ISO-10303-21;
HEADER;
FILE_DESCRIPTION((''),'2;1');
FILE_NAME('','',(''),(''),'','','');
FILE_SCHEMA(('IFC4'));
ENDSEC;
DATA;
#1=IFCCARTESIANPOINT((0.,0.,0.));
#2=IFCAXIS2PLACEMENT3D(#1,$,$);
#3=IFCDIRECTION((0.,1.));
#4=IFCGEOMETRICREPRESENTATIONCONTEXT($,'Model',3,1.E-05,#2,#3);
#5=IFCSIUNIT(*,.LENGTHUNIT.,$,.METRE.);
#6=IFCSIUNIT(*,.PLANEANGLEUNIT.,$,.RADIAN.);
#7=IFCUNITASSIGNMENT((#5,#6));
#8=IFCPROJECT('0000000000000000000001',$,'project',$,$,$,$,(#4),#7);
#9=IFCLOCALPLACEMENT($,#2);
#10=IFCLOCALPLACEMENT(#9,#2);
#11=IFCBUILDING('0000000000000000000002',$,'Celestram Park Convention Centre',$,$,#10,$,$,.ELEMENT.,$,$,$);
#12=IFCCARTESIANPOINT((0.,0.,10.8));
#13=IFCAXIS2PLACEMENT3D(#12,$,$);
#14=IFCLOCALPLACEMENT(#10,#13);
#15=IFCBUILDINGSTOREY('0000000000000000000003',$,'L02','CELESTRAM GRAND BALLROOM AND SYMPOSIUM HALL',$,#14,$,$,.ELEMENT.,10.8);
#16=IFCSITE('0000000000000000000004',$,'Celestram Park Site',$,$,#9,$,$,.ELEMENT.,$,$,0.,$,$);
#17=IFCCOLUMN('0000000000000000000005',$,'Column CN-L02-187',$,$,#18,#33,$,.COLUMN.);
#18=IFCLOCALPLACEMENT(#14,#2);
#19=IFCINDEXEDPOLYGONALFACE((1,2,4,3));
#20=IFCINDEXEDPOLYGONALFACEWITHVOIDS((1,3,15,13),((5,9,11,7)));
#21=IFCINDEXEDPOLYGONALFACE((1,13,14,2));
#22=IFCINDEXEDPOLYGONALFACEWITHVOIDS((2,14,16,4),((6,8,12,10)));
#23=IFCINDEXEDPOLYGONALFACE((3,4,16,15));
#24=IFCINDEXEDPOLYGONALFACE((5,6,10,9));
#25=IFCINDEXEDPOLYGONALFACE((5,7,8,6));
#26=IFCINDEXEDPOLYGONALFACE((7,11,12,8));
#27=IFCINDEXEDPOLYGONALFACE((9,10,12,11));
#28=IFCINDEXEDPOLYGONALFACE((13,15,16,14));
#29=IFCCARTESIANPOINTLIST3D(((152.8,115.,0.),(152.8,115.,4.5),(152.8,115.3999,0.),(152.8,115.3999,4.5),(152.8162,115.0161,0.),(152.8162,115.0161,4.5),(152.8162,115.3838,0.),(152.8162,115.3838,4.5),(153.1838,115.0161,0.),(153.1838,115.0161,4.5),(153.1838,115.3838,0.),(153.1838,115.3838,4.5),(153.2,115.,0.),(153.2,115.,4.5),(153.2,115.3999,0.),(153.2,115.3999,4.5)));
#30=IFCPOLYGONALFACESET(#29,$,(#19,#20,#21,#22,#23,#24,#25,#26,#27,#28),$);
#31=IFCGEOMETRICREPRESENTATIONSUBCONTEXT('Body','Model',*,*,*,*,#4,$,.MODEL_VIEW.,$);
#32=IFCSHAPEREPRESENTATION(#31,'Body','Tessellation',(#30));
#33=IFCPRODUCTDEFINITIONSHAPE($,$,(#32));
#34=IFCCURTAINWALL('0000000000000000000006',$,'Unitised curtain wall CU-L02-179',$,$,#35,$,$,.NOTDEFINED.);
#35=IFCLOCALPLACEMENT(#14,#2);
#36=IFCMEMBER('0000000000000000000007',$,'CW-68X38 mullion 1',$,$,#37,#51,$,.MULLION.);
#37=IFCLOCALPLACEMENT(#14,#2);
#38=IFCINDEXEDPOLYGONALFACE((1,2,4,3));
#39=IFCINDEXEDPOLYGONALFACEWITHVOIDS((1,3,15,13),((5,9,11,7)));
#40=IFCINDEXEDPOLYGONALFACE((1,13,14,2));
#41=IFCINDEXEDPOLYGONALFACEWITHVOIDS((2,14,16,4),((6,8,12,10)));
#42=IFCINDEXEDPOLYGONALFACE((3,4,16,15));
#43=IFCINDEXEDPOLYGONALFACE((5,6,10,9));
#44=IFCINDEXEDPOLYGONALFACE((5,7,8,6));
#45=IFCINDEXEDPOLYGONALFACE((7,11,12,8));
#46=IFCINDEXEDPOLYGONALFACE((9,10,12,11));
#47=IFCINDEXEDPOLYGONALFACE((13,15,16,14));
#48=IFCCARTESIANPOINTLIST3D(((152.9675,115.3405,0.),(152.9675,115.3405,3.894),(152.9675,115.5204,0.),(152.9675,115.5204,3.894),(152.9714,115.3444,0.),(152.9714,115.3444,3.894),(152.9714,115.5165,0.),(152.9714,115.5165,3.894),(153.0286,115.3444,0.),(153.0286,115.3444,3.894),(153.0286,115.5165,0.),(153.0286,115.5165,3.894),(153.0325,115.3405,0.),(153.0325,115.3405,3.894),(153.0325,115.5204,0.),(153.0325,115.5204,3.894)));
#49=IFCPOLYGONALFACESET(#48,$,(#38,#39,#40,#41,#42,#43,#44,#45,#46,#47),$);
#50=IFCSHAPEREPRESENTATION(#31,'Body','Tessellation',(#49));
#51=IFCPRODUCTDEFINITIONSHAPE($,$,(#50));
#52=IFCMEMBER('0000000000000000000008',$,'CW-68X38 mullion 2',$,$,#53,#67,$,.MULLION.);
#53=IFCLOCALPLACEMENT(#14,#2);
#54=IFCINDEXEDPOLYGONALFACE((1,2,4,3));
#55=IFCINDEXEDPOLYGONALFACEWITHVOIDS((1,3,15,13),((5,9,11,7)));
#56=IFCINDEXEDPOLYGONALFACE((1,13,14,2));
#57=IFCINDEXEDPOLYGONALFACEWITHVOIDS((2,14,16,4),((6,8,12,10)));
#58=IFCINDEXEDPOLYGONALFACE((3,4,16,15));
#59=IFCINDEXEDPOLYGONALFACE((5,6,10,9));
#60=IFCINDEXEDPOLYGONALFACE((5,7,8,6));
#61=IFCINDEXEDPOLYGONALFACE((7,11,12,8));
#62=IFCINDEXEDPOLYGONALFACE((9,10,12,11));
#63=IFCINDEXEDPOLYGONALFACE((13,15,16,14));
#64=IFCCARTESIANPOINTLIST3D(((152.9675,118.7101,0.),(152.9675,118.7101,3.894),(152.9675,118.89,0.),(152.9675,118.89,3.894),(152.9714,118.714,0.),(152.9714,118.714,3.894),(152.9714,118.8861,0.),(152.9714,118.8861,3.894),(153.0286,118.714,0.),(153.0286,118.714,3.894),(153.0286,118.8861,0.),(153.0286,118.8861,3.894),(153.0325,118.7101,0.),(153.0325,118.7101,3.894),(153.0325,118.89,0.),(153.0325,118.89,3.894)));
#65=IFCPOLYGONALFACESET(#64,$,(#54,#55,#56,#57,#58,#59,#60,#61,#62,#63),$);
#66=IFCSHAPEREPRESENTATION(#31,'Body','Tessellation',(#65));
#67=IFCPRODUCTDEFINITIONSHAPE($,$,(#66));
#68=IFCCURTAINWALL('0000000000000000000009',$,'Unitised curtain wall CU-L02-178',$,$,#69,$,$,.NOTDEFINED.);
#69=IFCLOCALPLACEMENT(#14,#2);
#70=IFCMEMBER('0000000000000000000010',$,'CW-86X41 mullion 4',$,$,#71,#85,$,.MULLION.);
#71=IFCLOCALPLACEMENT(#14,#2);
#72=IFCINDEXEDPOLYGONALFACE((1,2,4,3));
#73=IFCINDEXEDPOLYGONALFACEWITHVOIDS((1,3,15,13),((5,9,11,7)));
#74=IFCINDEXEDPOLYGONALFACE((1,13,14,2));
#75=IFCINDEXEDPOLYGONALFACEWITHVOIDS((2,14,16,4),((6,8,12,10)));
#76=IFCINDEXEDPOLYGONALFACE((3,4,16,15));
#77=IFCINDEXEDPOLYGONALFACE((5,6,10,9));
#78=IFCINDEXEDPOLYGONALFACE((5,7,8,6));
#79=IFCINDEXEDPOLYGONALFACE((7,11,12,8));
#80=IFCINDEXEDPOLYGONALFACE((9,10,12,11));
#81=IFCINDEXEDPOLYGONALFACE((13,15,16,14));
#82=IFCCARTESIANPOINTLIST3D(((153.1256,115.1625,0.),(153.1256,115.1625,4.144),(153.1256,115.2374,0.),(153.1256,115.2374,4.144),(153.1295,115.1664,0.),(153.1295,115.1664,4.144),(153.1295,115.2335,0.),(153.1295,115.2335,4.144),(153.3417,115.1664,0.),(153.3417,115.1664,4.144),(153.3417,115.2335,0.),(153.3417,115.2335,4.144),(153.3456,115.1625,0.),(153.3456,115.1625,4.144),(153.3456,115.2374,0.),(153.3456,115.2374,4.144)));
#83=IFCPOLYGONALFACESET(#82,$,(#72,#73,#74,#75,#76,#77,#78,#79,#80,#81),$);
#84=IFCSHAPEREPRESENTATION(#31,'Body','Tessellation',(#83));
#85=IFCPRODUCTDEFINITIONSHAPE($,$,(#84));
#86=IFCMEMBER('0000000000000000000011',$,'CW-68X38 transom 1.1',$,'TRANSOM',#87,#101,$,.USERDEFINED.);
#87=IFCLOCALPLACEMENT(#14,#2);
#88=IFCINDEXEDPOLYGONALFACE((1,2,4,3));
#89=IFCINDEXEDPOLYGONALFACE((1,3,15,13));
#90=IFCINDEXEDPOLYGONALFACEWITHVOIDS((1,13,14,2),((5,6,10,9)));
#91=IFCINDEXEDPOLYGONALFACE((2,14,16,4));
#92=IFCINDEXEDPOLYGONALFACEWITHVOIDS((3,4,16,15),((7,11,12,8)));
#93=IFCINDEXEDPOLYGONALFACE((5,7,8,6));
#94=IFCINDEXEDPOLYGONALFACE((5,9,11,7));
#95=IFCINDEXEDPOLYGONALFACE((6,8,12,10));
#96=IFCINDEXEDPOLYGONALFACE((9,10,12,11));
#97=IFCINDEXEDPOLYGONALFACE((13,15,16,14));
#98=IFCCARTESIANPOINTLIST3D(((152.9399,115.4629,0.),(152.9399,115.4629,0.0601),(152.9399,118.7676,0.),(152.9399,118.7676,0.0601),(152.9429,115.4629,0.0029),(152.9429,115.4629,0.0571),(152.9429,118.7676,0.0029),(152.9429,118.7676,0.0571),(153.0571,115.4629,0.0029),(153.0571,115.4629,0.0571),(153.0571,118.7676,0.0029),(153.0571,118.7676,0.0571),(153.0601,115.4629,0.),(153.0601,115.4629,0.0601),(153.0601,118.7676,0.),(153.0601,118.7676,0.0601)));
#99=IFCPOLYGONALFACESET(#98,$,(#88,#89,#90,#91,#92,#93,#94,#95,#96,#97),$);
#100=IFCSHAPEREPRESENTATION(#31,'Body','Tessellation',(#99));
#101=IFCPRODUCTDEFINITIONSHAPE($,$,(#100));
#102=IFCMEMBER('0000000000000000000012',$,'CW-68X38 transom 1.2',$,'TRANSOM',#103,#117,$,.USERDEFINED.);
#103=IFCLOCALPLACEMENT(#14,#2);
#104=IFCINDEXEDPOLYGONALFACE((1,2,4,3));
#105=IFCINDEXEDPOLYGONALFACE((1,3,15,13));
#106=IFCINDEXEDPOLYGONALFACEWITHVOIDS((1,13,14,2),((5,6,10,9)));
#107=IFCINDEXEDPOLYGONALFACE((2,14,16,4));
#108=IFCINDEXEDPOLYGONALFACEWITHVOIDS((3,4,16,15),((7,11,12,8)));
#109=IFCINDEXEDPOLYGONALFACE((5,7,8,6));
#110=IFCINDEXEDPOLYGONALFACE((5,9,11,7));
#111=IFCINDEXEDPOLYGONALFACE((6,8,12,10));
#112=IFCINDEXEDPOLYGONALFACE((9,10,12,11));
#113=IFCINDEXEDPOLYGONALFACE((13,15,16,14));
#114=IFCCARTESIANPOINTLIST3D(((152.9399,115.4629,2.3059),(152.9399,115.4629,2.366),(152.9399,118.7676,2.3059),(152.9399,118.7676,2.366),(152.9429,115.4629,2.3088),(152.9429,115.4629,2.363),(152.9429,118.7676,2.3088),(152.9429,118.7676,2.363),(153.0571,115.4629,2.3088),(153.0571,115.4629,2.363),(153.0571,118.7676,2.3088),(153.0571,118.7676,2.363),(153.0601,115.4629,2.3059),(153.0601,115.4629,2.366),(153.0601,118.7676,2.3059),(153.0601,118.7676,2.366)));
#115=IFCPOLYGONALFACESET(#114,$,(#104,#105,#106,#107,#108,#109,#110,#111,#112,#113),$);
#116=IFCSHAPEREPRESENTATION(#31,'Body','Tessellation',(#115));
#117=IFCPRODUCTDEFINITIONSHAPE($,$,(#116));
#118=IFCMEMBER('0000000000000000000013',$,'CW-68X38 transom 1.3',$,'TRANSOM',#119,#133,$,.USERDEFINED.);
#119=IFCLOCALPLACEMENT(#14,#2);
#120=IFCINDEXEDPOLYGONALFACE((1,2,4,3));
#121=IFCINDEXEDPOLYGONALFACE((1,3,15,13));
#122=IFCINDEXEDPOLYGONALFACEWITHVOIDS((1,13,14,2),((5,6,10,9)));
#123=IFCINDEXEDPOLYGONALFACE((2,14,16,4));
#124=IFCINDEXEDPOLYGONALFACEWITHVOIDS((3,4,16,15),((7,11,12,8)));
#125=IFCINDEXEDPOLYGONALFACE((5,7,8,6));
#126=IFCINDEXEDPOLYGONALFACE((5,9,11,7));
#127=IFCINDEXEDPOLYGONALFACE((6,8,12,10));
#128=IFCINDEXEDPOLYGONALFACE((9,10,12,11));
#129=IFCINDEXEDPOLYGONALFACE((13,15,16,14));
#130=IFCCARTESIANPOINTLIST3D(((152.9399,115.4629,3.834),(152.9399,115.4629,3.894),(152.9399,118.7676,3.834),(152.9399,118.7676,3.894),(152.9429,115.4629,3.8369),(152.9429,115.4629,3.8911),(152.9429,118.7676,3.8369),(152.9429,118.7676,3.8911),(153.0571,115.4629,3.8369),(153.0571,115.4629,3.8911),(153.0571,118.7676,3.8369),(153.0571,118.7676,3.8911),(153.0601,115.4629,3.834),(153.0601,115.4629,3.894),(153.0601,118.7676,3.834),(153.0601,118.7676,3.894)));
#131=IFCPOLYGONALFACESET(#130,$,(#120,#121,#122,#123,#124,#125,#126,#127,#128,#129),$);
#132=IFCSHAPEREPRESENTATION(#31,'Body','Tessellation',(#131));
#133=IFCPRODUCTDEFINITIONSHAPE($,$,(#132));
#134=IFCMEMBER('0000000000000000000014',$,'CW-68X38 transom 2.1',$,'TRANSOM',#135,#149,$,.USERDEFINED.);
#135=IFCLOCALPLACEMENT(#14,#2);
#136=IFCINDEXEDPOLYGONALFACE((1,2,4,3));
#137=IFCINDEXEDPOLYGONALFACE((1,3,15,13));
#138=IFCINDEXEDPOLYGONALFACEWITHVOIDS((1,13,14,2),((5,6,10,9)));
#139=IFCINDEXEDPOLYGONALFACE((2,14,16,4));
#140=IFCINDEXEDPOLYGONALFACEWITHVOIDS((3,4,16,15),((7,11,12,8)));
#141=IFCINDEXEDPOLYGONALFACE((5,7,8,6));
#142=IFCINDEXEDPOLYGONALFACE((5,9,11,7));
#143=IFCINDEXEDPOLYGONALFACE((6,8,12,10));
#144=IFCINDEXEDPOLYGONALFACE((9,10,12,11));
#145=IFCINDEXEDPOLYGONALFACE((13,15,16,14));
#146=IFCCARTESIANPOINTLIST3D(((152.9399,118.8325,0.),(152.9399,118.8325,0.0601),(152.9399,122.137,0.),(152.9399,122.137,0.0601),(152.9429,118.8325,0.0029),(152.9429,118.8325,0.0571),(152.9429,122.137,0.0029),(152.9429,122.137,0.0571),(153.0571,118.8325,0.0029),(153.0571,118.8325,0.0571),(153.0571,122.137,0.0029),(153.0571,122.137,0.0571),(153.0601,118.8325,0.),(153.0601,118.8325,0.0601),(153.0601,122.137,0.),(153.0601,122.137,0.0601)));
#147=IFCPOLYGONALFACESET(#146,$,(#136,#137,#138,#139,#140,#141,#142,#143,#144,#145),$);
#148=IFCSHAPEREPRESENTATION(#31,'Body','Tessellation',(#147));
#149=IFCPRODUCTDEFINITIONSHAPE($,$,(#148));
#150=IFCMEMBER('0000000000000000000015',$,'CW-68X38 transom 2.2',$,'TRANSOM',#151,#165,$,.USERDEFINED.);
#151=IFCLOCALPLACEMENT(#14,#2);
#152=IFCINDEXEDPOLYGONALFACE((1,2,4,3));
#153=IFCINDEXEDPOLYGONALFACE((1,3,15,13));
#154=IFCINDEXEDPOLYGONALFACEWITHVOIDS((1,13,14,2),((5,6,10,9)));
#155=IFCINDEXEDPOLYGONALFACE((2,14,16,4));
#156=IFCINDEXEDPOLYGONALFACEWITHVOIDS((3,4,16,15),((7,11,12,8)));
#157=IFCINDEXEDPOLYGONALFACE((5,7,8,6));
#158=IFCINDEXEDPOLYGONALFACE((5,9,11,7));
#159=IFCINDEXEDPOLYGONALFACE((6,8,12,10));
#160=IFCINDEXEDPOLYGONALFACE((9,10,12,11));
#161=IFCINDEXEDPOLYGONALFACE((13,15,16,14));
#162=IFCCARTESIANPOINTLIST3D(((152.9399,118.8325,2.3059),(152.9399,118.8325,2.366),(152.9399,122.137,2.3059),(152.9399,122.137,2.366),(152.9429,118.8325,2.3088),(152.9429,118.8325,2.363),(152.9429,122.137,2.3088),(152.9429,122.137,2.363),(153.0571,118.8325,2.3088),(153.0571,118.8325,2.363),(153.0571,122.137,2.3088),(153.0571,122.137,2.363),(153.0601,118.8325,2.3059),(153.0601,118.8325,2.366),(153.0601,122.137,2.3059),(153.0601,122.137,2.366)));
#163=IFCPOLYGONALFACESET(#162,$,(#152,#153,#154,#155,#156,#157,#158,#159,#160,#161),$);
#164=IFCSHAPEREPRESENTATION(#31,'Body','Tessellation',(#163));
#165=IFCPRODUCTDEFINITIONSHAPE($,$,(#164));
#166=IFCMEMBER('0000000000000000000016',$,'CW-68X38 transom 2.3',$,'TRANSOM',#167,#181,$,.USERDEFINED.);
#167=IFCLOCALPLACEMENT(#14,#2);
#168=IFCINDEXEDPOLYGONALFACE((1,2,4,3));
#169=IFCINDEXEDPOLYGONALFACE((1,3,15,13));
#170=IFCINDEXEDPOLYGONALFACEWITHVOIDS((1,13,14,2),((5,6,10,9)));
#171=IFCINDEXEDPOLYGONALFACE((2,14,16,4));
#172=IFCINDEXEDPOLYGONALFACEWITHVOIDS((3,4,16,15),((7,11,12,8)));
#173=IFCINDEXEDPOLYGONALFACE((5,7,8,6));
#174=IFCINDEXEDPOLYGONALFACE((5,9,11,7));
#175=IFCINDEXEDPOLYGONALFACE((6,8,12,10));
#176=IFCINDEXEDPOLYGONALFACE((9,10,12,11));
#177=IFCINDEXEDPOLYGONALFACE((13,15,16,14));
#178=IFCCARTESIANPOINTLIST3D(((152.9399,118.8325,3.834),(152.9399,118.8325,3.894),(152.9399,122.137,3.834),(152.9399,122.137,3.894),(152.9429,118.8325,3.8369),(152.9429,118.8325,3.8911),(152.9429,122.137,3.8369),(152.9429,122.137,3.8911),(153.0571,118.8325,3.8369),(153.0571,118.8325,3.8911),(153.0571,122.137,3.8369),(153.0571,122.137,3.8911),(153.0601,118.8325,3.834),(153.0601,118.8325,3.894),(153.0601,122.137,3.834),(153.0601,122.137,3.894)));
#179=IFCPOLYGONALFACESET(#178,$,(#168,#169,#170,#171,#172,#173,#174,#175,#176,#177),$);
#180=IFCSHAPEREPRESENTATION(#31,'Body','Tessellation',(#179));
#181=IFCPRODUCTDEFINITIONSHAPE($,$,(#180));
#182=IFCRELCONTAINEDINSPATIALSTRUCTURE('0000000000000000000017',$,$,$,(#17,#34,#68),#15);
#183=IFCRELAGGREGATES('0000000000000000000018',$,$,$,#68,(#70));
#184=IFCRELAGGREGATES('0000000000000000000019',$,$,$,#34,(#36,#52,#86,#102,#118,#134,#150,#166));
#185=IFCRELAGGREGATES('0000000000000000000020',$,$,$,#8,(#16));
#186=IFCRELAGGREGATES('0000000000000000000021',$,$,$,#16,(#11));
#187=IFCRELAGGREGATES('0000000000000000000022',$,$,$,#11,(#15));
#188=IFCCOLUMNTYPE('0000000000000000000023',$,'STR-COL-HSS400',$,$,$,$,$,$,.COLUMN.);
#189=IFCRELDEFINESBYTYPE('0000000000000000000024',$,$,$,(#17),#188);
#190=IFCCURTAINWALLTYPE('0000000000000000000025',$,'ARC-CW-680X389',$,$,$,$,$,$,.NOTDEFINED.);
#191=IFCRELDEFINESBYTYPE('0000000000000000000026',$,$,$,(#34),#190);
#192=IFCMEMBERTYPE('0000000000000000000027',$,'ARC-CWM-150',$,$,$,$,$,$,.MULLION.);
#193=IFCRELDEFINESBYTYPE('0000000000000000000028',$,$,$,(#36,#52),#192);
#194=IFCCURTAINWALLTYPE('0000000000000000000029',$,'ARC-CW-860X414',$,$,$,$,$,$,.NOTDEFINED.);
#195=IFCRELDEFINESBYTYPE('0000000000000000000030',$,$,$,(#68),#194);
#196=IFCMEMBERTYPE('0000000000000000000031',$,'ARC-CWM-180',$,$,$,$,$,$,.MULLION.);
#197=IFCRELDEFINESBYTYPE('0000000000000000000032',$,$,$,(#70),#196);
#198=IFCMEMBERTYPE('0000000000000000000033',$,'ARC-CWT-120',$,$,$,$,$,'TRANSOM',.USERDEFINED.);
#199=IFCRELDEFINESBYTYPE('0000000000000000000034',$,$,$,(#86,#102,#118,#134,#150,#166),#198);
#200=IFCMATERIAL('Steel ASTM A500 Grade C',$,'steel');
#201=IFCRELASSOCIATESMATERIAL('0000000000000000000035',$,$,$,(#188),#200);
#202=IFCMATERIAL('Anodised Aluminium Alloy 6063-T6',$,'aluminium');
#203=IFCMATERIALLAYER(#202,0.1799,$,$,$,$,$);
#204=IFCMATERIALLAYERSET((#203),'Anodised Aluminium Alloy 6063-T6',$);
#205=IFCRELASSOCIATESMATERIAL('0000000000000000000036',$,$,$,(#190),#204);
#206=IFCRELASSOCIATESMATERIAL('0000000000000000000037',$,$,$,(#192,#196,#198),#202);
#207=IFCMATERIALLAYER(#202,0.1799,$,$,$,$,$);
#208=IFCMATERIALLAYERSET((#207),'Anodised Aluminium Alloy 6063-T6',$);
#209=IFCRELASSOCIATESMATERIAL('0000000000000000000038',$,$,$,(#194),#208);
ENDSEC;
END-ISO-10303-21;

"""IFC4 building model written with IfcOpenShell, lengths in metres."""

from ifc_helpers import new_model, si_unit, direction, frame, origin, origin_2d, place, context, subcontext, project, spatial, hollow_rectangle, extrude, material, layer, layer_set, material_profile, profile_set, type_object, element, aggregate, save


model = new_model("IFC4")

# Units and contexts
model_context = context("Model", 3, precision=1e-05, world=origin(), true_north=direction((0.0, 1.0)))
body_context = subcontext(model_context, "Body", "Model", "MODEL_VIEW")
ifc_project = project(units=[si_unit("LENGTHUNIT", "METRE"), si_unit("PLANEANGLEUNIT", "RADIAN")], contexts=[model_context])

# Site, building, storey
site_placement = place(None, origin())
site = spatial("IfcSite", under=ifc_project, at=site_placement, Name="Celestram Park Site", CompositionType="ELEMENT", RefElevation=0.0)
building_placement = place(site_placement, origin())
building = spatial("IfcBuilding", under=site, at=building_placement, Name="Celestram Park Convention Centre", CompositionType="ELEMENT")
storey_placement = place(building_placement, frame((0.0, 0.0, 10.8)))
storey = spatial("IfcBuildingStorey", under=building, at=storey_placement, Name="L02", Description="CELESTRAM GRAND BALLROOM AND SYMPOSIUM HALL", CompositionType="ELEMENT", Elevation=10.8)

# Column
ifc_material_1 = material(Name="Steel ASTM A500 Grade C", Category="steel")
ifc_material_profile_1 = material_profile(ifc_material_1, hollow_rectangle(XDim=0.3999, YDim=0.3999, WallThickness=0.0161, at=origin_2d()), Name="HSS400X400X16")
ifc_profile_set_1 = profile_set([ifc_material_profile_1], Name="Steel ASTM A500 Grade C")
column_type = type_object("IfcColumnType", Name="STR-COL-HSS400", PredefinedType="COLUMN", material=ifc_profile_set_1)
column_placement = place(storey_placement, frame((153.0, 115.2, 0.0), z_axis=(0.0, 0.0, 1.0), x_axis=(1.0, 0.0, 0.0)))
element("IfcColumn", 1, at=column_placement, inside=storey, type_object=column_type, Name="Column CN-L02-187", PredefinedType="COLUMN", context=body_context, shape_type="SweptSolid", body=[
    extrude(hollow_rectangle(XDim=0.3999, YDim=0.3999, WallThickness=0.0161, at=origin_2d()), origin(), (0.0, 0.0, 1.0), 4.5),
])

# Curtain wall, members
ifc_material_2 = material(Name="Anodised Aluminium Alloy 6063-T6", Category="aluminium")
ifc_layer_1 = layer(ifc_material_2, 0.1799)
ifc_layer_set_1 = layer_set([ifc_layer_1], Name="Anodised Aluminium Alloy 6063-T6")
curtain_wall_type_1 = type_object("IfcCurtainWallType", Name="ARC-CW-680X389", PredefinedType="NOTDEFINED", material=ifc_layer_set_1)
curtain_wall_1_placement = place(storey_placement, origin())
curtain_wall_1 = element("IfcCurtainWall", 2, at=curtain_wall_1_placement, inside=storey, type_object=curtain_wall_type_1, Name="Unitised curtain wall CU-L02-179", PredefinedType="NOTDEFINED")
ifc_material_profile_2 = material_profile(ifc_material_2, hollow_rectangle(XDim=0.0649, YDim=0.1799, WallThickness=0.0039, at=origin_2d()), Name="ALU65X180X4")
ifc_profile_set_2 = profile_set([ifc_material_profile_2], Name="Anodised Aluminium Alloy 6063-T6")
member_type_1 = type_object("IfcMemberType", Name="ARC-CWM-150", PredefinedType="MULLION", material=ifc_profile_set_2)
member_1_placement = place(storey_placement, frame((153.0, 115.4304, 0.0), z_axis=(0.0, 0.0, 1.0), x_axis=(-1.0, 0.0, 0.0)))
member_1 = element("IfcMember", 3, at=member_1_placement, type_object=member_type_1, Name="CW-68X38 mullion 1", PredefinedType="MULLION", context=body_context, shape_type="SweptSolid", body=[
    extrude(hollow_rectangle(XDim=0.0649, YDim=0.1799, WallThickness=0.0039, at=origin_2d()), origin(), (0.0, 0.0, 1.0), 3.894),
])
member_2_placement = place(storey_placement, frame((153.0, 118.8, 0.0), z_axis=(0.0, 0.0, 1.0), x_axis=(-1.0, 0.0, 0.0)))
member_2 = element("IfcMember", 4, at=member_2_placement, type_object=member_type_1, Name="CW-68X38 mullion 2", PredefinedType="MULLION", context=body_context, shape_type="SweptSolid", body=[
    extrude(hollow_rectangle(XDim=0.0649, YDim=0.1799, WallThickness=0.0039, at=origin_2d()), origin(), (0.0, 0.0, 1.0), 3.894),
])

# Curtain wall, member
ifc_layer_2 = layer(ifc_material_2, 0.1799)
ifc_layer_set_2 = layer_set([ifc_layer_2], Name="Anodised Aluminium Alloy 6063-T6")
curtain_wall_type_2 = type_object("IfcCurtainWallType", Name="ARC-CW-860X414", PredefinedType="NOTDEFINED", material=ifc_layer_set_2)
curtain_wall_2_placement = place(storey_placement, origin())
curtain_wall_2 = element("IfcCurtainWall", 5, at=curtain_wall_2_placement, inside=storey, type_object=curtain_wall_type_2, Name="Unitised curtain wall CU-L02-178", PredefinedType="NOTDEFINED")
ifc_material_profile_3 = material_profile(ifc_material_2, hollow_rectangle(XDim=0.075, YDim=0.22, WallThickness=0.0039, at=origin_2d()), Name="ALU75X220X4")
ifc_profile_set_3 = profile_set([ifc_material_profile_3], Name="Anodised Aluminium Alloy 6063-T6")
member_type_2 = type_object("IfcMemberType", Name="ARC-CWM-180", PredefinedType="MULLION", material=ifc_profile_set_3)
member_3_placement = place(storey_placement, frame((153.2356, 115.2, 0.0), z_axis=(0.0, 0.0, 1.0), x_axis=(0.0, -1.0, 0.0)))
member_3 = element("IfcMember", 6, at=member_3_placement, type_object=member_type_2, Name="CW-86X41 mullion 4", PredefinedType="MULLION", context=body_context, shape_type="SweptSolid", body=[
    extrude(hollow_rectangle(XDim=0.075, YDim=0.22, WallThickness=0.0039, at=origin_2d()), origin(), (0.0, 0.0, 1.0), 4.144),
])
aggregate(curtain_wall_2, [member_3])

# Members
ifc_material_profile_4 = material_profile(ifc_material_2, hollow_rectangle(XDim=0.1201, YDim=0.0601, WallThickness=0.0029, at=origin_2d()), Name="ALU120X60X3")
ifc_profile_set_4 = profile_set([ifc_material_profile_4], Name="Anodised Aluminium Alloy 6063-T6")
member_type_3 = type_object("IfcMemberType", Name="ARC-CWT-120", ElementType="TRANSOM", PredefinedType="USERDEFINED", material=ifc_profile_set_4)
member_4_placement = place(storey_placement, frame((153.0, 115.4629, 0.03), z_axis=(0.0, 1.0, 0.0), x_axis=(-1.0, 0.0, 0.0)))
member_4 = element("IfcMember", 7, at=member_4_placement, type_object=member_type_3, Name="CW-68X38 transom 1.1", ObjectType="TRANSOM", PredefinedType="USERDEFINED", context=body_context, shape_type="SweptSolid", body=[
    extrude(hollow_rectangle(XDim=0.1201, YDim=0.0601, WallThickness=0.0029, at=origin_2d()), origin(), (0.0, 0.0, 1.0), 3.3047),
])
member_5_placement = place(storey_placement, frame((153.0, 115.4629, 2.3359), z_axis=(0.0, 1.0, 0.0), x_axis=(-1.0, 0.0, 0.0)))
member_5 = element("IfcMember", 8, at=member_5_placement, type_object=member_type_3, Name="CW-68X38 transom 1.2", ObjectType="TRANSOM", PredefinedType="USERDEFINED", context=body_context, shape_type="SweptSolid", body=[
    extrude(hollow_rectangle(XDim=0.1201, YDim=0.0601, WallThickness=0.0029, at=origin_2d()), origin(), (0.0, 0.0, 1.0), 3.3047),
])
member_6_placement = place(storey_placement, frame((153.0, 115.4629, 3.864), z_axis=(0.0, 1.0, 0.0), x_axis=(-1.0, 0.0, 0.0)))
member_6 = element("IfcMember", 9, at=member_6_placement, type_object=member_type_3, Name="CW-68X38 transom 1.3", ObjectType="TRANSOM", PredefinedType="USERDEFINED", context=body_context, shape_type="SweptSolid", body=[
    extrude(hollow_rectangle(XDim=0.1201, YDim=0.0601, WallThickness=0.0029, at=origin_2d()), origin(), (0.0, 0.0, 1.0), 3.3047),
])
member_7_placement = place(storey_placement, frame((153.0, 118.8325, 0.03), z_axis=(0.0, 1.0, 0.0), x_axis=(-1.0, 0.0, 0.0)))
member_7 = element("IfcMember", 10, at=member_7_placement, type_object=member_type_3, Name="CW-68X38 transom 2.1", ObjectType="TRANSOM", PredefinedType="USERDEFINED", context=body_context, shape_type="SweptSolid", body=[
    extrude(hollow_rectangle(XDim=0.1201, YDim=0.0601, WallThickness=0.0029, at=origin_2d()), origin(), (0.0, 0.0, 1.0), 3.3044),
])
member_8_placement = place(storey_placement, frame((153.0, 118.8325, 2.3359), z_axis=(0.0, 1.0, 0.0), x_axis=(-1.0, 0.0, 0.0)))
member_8 = element("IfcMember", 11, at=member_8_placement, type_object=member_type_3, Name="CW-68X38 transom 2.2", ObjectType="TRANSOM", PredefinedType="USERDEFINED", context=body_context, shape_type="SweptSolid", body=[
    extrude(hollow_rectangle(XDim=0.1201, YDim=0.0601, WallThickness=0.0029, at=origin_2d()), origin(), (0.0, 0.0, 1.0), 3.3044),
])
member_9_placement = place(storey_placement, frame((153.0, 118.8325, 3.864), z_axis=(0.0, 1.0, 0.0), x_axis=(-1.0, 0.0, 0.0)))
member_9 = element("IfcMember", 12, at=member_9_placement, type_object=member_type_3, Name="CW-68X38 transom 2.3", ObjectType="TRANSOM", PredefinedType="USERDEFINED", context=body_context, shape_type="SweptSolid", body=[
    extrude(hollow_rectangle(XDim=0.1201, YDim=0.0601, WallThickness=0.0029, at=origin_2d()), origin(), (0.0, 0.0, 1.0), 3.3044),
])

aggregate(curtain_wall_1, [member_1, member_2, member_4, member_5, member_6, member_7, member_8, member_9])

save(model, "model.ifc")
